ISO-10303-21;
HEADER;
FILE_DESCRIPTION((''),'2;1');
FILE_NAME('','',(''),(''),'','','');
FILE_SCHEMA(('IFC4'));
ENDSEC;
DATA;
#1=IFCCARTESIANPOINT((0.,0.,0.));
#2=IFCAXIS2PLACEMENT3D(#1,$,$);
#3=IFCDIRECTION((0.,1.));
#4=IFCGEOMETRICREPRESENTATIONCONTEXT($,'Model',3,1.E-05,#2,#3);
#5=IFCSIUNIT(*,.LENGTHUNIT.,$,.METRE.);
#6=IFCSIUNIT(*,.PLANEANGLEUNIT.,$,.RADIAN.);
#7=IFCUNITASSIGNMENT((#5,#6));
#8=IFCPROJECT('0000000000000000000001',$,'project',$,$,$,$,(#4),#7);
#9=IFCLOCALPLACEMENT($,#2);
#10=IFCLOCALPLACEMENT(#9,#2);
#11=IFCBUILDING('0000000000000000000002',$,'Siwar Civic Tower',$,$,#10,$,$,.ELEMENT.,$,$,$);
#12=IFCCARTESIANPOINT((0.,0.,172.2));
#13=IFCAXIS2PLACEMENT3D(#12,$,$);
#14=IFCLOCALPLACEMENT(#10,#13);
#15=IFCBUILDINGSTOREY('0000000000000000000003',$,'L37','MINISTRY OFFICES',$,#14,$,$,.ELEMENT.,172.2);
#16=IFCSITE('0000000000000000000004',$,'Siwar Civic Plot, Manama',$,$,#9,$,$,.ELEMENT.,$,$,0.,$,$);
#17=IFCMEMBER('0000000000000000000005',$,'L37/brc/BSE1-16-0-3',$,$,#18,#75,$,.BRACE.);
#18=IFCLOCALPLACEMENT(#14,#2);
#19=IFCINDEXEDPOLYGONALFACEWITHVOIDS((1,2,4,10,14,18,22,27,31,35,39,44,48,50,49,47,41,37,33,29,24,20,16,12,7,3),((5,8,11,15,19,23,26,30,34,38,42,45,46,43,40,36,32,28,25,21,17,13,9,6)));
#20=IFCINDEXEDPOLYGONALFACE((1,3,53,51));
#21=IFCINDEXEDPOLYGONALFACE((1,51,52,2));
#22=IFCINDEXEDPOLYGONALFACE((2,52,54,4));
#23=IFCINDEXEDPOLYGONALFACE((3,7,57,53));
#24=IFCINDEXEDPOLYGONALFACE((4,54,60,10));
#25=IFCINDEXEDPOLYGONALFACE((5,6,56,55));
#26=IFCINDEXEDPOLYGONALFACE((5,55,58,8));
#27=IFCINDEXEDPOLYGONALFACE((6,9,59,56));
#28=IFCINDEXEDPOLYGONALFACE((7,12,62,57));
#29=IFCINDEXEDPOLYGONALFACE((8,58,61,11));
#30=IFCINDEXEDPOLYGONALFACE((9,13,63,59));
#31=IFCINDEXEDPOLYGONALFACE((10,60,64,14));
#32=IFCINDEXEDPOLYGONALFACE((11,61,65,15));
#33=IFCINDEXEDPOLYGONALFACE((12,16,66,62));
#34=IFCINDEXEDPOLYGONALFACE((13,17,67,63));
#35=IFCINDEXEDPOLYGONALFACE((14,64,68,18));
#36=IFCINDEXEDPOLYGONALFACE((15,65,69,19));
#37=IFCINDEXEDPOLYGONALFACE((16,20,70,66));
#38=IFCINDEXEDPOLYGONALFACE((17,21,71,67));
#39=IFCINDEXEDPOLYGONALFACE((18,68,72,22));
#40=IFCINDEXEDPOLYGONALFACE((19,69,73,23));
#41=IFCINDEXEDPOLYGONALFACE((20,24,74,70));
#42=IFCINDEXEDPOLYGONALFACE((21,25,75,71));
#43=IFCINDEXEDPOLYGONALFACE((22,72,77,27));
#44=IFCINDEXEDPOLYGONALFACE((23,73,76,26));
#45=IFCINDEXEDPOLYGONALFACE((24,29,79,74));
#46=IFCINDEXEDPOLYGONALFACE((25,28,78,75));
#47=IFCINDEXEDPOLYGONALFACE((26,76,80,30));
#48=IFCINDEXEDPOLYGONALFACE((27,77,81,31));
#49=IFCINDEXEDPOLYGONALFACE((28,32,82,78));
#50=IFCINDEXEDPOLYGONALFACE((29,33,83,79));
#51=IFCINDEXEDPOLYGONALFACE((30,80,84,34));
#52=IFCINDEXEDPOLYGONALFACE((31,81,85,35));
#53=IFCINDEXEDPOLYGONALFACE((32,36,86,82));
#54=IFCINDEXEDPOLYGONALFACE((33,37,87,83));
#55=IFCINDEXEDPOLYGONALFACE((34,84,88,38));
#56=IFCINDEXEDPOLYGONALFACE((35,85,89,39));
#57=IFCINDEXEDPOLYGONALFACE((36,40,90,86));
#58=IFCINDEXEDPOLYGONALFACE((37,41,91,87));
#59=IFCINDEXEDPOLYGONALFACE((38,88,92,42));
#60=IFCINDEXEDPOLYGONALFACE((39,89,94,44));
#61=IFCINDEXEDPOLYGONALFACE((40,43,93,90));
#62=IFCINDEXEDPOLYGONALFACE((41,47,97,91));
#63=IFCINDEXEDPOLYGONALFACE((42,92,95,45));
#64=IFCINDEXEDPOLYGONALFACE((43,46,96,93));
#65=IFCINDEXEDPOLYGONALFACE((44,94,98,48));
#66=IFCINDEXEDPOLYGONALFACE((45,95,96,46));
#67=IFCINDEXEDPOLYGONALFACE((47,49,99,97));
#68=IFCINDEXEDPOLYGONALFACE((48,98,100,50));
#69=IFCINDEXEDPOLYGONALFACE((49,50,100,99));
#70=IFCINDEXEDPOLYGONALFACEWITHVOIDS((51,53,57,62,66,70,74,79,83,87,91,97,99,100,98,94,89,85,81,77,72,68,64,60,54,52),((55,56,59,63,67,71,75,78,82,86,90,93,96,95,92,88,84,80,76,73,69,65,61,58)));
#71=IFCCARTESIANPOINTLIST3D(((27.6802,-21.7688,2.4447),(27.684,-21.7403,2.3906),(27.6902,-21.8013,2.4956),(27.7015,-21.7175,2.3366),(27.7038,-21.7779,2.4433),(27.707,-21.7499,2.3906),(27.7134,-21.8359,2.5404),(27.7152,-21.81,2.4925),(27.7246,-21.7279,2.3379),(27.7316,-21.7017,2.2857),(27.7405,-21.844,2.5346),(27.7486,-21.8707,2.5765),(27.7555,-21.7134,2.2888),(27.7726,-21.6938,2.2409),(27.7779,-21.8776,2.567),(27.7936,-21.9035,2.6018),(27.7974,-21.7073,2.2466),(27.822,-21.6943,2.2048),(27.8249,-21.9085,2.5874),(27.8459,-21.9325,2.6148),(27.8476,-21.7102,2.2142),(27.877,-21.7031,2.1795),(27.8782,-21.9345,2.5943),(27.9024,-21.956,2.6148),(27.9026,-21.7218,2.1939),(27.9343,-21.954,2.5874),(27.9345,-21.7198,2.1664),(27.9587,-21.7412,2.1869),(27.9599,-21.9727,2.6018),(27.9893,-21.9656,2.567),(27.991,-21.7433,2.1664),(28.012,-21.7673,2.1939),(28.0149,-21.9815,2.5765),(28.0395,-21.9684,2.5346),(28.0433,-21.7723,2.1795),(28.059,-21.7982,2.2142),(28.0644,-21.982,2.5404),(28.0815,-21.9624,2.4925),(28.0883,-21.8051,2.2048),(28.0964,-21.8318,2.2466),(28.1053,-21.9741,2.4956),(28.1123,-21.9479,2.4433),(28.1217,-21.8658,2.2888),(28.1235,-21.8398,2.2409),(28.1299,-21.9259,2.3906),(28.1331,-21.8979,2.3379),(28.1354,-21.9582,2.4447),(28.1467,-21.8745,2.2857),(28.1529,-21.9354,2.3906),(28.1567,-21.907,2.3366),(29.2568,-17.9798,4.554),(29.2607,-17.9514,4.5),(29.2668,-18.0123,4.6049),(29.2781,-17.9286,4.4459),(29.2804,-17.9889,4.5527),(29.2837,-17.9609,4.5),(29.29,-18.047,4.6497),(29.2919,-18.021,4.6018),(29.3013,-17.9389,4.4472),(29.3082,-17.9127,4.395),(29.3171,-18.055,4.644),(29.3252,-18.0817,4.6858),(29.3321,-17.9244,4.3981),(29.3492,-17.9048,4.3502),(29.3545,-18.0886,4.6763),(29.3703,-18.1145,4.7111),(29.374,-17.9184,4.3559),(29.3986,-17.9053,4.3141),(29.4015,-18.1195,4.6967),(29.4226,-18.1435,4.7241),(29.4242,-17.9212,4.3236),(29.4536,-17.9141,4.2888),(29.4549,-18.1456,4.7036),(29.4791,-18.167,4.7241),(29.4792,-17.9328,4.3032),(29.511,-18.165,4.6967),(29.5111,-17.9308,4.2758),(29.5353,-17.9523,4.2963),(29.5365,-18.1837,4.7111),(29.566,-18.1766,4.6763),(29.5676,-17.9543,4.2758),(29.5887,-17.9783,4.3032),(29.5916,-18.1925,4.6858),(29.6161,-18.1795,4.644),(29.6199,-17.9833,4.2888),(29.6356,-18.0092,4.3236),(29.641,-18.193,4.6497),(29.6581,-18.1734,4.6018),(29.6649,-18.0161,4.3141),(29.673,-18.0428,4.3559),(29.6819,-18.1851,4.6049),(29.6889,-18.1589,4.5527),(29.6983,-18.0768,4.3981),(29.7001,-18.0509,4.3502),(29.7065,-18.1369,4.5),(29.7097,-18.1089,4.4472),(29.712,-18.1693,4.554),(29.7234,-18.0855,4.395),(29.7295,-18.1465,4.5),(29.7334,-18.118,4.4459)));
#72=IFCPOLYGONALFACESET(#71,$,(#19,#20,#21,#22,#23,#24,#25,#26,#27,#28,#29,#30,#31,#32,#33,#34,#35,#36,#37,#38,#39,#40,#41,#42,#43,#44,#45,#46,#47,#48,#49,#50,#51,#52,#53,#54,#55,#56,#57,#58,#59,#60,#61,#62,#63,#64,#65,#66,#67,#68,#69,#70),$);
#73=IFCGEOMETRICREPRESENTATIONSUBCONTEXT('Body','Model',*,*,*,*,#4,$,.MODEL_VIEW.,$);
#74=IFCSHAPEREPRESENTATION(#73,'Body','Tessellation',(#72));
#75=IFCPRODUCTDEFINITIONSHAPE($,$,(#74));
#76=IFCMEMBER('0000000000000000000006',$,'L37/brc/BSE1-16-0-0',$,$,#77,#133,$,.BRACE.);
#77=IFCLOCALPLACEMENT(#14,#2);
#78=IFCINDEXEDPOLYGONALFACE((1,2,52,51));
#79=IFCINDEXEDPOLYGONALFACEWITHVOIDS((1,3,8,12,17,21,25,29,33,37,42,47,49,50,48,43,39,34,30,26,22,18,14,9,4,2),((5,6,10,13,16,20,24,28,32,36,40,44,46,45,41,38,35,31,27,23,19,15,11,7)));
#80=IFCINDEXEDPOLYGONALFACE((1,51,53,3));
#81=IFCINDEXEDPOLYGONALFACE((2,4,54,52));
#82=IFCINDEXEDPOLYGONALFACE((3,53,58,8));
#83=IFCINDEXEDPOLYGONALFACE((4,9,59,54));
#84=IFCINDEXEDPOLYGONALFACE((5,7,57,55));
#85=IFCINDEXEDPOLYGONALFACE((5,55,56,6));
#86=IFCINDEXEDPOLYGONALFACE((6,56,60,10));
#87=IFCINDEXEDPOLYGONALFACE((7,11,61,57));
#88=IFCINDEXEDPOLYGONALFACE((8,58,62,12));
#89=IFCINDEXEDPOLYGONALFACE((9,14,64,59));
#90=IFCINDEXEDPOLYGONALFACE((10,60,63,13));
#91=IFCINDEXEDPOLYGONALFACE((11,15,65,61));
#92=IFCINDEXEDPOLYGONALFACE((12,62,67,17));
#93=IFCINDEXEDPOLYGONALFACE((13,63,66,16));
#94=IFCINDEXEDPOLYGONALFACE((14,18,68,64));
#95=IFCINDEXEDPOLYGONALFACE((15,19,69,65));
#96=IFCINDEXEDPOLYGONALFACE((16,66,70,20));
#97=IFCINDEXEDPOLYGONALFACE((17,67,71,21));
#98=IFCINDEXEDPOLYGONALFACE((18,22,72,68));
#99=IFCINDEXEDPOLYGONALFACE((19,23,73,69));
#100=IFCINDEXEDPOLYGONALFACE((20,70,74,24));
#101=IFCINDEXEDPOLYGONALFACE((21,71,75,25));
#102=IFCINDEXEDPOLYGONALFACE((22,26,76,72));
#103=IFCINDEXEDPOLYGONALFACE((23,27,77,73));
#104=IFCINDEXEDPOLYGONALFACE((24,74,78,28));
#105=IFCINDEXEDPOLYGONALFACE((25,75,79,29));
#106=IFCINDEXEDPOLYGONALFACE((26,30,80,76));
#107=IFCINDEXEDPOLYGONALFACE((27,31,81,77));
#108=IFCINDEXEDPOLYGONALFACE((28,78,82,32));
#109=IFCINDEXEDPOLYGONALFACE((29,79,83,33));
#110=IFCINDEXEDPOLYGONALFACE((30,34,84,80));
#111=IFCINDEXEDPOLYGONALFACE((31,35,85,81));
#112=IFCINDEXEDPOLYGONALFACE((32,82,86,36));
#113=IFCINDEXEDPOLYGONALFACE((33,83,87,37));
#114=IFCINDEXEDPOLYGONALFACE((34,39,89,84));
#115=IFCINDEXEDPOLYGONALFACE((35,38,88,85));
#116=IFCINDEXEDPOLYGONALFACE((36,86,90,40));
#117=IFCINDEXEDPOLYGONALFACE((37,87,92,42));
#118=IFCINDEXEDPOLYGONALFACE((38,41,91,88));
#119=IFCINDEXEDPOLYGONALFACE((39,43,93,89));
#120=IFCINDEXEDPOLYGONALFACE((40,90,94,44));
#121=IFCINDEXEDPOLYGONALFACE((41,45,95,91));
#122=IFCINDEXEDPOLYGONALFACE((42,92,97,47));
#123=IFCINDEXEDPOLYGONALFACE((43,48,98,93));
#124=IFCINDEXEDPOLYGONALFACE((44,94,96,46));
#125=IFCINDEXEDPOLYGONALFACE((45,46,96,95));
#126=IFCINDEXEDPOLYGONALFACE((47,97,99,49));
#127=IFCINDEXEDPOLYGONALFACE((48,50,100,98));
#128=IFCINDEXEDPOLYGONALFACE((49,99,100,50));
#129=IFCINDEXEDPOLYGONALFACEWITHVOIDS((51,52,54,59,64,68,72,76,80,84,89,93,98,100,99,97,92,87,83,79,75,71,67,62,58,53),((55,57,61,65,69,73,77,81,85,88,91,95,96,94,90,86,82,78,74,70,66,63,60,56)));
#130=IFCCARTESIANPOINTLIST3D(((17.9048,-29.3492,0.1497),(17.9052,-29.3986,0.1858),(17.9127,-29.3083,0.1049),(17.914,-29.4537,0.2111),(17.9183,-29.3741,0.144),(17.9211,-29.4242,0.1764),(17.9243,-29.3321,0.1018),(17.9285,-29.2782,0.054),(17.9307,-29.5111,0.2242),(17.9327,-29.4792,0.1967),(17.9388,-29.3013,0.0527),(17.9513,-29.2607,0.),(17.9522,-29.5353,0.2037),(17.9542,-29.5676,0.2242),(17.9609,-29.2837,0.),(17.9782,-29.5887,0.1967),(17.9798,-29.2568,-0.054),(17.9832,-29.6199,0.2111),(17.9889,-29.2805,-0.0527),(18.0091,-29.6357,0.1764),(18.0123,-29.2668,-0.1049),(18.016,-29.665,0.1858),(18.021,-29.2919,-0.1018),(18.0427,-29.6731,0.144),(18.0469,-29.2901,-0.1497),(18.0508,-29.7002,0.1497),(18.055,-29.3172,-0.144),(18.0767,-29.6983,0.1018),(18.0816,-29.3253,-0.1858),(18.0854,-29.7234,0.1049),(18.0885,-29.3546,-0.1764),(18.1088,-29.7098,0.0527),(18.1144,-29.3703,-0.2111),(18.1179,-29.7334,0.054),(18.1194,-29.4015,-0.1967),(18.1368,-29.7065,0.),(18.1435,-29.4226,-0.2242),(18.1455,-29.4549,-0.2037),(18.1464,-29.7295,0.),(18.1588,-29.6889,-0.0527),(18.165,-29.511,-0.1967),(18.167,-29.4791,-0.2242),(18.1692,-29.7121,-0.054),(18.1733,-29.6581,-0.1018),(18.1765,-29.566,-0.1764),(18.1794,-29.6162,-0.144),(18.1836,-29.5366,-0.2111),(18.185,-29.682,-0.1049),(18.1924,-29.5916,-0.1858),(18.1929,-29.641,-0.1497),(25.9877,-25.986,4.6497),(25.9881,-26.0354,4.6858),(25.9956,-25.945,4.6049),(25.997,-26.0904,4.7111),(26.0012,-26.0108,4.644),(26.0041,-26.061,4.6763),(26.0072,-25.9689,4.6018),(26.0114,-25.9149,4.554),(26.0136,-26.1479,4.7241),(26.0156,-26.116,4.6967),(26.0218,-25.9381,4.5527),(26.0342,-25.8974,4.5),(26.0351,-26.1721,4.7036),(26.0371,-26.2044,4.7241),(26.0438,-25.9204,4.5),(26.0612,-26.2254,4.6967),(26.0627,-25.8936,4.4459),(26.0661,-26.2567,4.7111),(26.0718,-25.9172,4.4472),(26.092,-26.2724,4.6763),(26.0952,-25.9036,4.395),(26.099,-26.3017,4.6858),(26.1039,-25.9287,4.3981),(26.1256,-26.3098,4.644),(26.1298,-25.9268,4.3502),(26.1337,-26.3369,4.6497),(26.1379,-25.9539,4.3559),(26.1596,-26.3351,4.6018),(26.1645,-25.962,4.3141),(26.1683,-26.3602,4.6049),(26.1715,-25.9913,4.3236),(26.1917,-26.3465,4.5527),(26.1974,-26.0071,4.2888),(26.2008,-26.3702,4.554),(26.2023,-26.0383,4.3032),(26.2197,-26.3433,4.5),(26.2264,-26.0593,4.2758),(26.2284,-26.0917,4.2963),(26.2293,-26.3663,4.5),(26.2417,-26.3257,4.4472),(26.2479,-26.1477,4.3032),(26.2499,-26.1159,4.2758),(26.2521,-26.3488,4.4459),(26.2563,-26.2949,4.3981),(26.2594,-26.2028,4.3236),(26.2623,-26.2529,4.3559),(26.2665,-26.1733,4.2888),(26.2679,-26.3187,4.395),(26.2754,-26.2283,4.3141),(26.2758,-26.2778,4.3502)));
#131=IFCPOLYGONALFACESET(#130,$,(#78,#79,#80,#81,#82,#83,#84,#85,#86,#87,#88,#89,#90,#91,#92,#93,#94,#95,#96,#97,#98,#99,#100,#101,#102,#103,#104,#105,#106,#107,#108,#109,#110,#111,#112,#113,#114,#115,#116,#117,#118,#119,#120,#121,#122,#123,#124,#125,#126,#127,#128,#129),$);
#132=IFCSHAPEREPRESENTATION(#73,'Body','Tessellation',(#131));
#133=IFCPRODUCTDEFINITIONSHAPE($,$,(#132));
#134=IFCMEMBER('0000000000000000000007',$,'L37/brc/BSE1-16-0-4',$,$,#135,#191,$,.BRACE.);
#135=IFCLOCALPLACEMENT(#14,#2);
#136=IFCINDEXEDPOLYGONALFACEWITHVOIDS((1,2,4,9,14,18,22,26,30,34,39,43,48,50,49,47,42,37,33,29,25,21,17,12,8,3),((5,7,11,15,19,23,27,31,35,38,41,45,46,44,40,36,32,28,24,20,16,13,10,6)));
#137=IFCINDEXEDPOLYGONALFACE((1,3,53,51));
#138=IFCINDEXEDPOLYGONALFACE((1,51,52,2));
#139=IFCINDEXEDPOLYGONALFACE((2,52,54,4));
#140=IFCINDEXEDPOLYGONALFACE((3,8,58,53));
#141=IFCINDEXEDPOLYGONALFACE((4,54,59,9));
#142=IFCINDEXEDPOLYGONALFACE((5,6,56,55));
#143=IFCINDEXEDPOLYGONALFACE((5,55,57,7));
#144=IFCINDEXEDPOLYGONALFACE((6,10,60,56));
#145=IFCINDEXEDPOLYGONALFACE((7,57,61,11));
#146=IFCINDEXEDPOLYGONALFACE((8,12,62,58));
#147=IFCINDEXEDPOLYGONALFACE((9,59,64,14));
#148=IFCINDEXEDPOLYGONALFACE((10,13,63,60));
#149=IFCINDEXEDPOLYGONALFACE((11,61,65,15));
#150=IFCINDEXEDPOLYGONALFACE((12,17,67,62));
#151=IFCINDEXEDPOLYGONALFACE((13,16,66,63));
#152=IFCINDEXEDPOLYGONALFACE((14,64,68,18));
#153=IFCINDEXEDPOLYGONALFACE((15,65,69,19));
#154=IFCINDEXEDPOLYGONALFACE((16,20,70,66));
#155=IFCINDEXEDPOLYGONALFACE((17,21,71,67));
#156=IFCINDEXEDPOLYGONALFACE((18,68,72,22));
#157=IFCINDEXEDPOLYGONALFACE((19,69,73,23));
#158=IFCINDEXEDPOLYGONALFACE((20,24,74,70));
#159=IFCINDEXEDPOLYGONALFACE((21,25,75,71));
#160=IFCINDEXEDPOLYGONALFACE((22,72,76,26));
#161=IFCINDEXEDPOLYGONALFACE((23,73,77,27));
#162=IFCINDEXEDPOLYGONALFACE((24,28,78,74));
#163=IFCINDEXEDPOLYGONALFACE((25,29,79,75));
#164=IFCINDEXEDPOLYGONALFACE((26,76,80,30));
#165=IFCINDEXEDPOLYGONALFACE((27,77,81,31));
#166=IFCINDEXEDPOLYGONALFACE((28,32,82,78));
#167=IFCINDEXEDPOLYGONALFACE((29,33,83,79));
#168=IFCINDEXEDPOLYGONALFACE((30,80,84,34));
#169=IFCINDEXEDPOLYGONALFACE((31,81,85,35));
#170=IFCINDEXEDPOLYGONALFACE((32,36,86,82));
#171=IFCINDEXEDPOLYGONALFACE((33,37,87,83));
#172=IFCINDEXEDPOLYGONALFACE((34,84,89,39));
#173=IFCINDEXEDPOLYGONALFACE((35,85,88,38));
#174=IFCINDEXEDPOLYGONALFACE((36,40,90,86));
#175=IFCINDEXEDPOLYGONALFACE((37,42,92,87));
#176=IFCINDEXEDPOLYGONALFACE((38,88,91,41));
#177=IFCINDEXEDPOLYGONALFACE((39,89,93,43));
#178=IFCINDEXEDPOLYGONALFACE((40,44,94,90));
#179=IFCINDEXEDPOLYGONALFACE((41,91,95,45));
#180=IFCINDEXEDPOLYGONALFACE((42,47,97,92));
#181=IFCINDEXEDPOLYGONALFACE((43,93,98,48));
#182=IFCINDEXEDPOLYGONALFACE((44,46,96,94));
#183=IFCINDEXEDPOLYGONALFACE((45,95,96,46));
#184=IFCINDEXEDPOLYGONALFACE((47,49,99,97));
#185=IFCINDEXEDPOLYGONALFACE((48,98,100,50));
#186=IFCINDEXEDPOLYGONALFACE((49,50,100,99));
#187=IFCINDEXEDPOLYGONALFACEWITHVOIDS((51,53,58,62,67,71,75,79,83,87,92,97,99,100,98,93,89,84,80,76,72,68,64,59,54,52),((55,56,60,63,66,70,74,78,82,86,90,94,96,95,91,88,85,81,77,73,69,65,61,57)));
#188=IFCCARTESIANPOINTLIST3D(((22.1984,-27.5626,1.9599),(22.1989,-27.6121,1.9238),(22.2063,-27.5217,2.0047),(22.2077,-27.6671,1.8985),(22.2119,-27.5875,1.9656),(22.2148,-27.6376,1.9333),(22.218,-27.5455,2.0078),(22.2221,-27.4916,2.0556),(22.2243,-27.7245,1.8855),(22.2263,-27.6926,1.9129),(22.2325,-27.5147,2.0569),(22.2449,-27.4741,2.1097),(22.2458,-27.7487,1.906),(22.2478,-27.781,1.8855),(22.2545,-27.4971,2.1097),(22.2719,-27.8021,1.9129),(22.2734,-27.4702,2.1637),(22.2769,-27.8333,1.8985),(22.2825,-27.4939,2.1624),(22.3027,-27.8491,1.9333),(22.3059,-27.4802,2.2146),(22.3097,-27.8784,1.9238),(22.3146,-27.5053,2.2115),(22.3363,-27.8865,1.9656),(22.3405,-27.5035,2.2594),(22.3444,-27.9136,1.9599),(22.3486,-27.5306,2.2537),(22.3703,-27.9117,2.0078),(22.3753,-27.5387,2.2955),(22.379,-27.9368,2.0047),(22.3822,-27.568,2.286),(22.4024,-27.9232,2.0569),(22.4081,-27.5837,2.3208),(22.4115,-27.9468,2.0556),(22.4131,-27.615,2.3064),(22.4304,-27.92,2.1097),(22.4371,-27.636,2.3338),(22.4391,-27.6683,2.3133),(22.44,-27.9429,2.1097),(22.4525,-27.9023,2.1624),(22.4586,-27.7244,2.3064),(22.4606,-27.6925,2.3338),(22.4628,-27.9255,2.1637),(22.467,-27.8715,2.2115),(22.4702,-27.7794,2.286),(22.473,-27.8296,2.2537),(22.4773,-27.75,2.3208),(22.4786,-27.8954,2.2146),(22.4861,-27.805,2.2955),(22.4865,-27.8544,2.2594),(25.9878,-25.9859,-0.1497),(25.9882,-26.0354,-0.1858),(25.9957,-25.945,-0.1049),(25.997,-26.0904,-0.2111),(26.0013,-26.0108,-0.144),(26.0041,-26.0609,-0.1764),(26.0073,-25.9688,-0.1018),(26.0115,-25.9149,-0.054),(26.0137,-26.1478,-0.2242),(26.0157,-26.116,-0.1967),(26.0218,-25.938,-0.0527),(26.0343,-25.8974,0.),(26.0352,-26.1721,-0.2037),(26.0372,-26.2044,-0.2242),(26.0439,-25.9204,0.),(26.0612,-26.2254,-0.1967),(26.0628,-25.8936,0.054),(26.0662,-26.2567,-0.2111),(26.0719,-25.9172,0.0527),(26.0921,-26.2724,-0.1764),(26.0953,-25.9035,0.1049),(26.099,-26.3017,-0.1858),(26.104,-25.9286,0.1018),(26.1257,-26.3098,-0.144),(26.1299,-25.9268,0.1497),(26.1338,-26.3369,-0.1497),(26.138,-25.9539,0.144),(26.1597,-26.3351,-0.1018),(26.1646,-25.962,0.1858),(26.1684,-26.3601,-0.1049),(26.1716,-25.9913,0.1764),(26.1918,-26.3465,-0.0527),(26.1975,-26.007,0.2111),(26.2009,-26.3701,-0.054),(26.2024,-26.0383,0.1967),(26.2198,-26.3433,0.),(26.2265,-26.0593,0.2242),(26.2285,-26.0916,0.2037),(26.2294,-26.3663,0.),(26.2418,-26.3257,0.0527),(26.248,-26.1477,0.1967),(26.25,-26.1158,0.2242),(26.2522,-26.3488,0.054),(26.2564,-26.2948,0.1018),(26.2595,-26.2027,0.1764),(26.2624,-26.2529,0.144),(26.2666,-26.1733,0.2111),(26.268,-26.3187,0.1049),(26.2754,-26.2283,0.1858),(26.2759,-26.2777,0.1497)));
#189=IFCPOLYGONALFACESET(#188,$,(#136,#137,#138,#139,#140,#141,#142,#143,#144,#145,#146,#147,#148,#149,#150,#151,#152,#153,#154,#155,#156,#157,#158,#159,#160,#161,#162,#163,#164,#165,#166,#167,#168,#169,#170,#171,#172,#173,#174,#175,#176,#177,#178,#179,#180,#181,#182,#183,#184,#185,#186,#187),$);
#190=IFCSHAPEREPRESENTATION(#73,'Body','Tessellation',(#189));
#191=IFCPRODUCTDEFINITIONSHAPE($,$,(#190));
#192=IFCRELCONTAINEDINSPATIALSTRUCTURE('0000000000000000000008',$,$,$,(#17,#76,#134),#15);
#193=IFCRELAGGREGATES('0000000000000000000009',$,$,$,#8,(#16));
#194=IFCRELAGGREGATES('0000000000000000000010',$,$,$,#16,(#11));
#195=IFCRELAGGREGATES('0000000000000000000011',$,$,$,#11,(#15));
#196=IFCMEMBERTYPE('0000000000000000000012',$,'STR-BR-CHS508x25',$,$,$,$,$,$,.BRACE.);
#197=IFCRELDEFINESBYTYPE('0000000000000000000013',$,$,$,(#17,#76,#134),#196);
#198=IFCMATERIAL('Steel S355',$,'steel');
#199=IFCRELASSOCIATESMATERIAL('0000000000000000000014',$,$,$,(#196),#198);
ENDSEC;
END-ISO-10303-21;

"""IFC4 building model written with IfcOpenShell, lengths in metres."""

from ifc_helpers import new_model, si_unit, direction, frame, origin, origin_2d, place, context, subcontext, project, spatial, hollow_circle, extrude, material, material_profile, profile_set, type_object, element, save


model = new_model("IFC4")

# Units and contexts
model_context = context("Model", 3, precision=1e-05, world=origin(), true_north=direction((0.0, 1.0)))
body_context = subcontext(model_context, "Body", "Model", "MODEL_VIEW")
ifc_project = project(units=[si_unit("LENGTHUNIT", "METRE"), si_unit("PLANEANGLEUNIT", "RADIAN")], contexts=[model_context])

# Site, building, storey
site_placement = place(None, origin())
site = spatial("IfcSite", under=ifc_project, at=site_placement, Name="Siwar Civic Plot, Manama", CompositionType="ELEMENT", RefElevation=0.0)
building_placement = place(site_placement, origin())
building = spatial("IfcBuilding", under=site, at=building_placement, Name="Siwar Civic Tower", CompositionType="ELEMENT")
storey_placement = place(building_placement, frame((0.0, 0.0, 172.2)))
storey = spatial("IfcBuildingStorey", under=building, at=storey_placement, Name="L37", Description="MINISTRY OFFICES", CompositionType="ELEMENT", Elevation=172.2)

# Members
ifc_material_1 = material(Name="Steel S355", Category="steel")
ifc_material_profile_1 = material_profile(ifc_material_1, hollow_circle(Radius=0.2539, WallThickness=0.0249, at=origin_2d()), Name="CHS508x25")
ifc_profile_set_1 = profile_set([ifc_material_profile_1], Name="Steel S355")
member_type_1 = type_object("IfcMemberType", Name="STR-BR-CHS508x25", PredefinedType="BRACE", material=ifc_profile_set_1)
member_1_placement = place(storey_placement, frame((27.9185, -21.8379, 2.3906), z_axis=(0.341686, 0.821146, 0.457133), x_axis=(-0.92326, 0.384176, 0.0)))
element("IfcMember", 1, at=member_1_placement, inside=storey, type_object=member_type_1, Name="L37/brc/BSE1-16-0-3", PredefinedType="BRACE", context=body_context, shape_type="SweptSolid", body=[
    extrude(hollow_circle(Radius=0.2539, WallThickness=0.0249, at=origin_2d()), origin(), (0.0, 0.0, 1.0), 4.6143),
])
member_2_placement = place(storey_placement, frame((18.0488, -29.4951, 0.0), z_axis=(0.821143, 0.341671, 0.457149), x_axis=(-0.384164, 0.923265, 0.0)))
element("IfcMember", 2, at=member_2_placement, inside=storey, type_object=member_type_1, Name="L37/brc/BSE1-16-0-0", PredefinedType="BRACE", context=body_context, shape_type="SweptSolid", body=[
    extrude(hollow_circle(Radius=0.2539, WallThickness=0.0249, at=origin_2d()), origin(), (0.0, 0.0, 1.0), 9.8435),
])
member_3_placement = place(storey_placement, frame((26.1318, -26.1318, 0.0), z_axis=(-0.821143, -0.341662, 0.457155), x_axis=(0.384155, -0.923269, 0.0)))
element("IfcMember", 3, at=member_3_placement, inside=storey, type_object=member_type_1, Name="L37/brc/BSE1-16-0-4", PredefinedType="BRACE", context=body_context, shape_type="SweptSolid", body=[
    extrude(hollow_circle(Radius=0.2539, WallThickness=0.0249, at=origin_2d()), origin(), (0.0, 0.0, 1.0), 4.6147),
])

save(model, "model.ifc")
